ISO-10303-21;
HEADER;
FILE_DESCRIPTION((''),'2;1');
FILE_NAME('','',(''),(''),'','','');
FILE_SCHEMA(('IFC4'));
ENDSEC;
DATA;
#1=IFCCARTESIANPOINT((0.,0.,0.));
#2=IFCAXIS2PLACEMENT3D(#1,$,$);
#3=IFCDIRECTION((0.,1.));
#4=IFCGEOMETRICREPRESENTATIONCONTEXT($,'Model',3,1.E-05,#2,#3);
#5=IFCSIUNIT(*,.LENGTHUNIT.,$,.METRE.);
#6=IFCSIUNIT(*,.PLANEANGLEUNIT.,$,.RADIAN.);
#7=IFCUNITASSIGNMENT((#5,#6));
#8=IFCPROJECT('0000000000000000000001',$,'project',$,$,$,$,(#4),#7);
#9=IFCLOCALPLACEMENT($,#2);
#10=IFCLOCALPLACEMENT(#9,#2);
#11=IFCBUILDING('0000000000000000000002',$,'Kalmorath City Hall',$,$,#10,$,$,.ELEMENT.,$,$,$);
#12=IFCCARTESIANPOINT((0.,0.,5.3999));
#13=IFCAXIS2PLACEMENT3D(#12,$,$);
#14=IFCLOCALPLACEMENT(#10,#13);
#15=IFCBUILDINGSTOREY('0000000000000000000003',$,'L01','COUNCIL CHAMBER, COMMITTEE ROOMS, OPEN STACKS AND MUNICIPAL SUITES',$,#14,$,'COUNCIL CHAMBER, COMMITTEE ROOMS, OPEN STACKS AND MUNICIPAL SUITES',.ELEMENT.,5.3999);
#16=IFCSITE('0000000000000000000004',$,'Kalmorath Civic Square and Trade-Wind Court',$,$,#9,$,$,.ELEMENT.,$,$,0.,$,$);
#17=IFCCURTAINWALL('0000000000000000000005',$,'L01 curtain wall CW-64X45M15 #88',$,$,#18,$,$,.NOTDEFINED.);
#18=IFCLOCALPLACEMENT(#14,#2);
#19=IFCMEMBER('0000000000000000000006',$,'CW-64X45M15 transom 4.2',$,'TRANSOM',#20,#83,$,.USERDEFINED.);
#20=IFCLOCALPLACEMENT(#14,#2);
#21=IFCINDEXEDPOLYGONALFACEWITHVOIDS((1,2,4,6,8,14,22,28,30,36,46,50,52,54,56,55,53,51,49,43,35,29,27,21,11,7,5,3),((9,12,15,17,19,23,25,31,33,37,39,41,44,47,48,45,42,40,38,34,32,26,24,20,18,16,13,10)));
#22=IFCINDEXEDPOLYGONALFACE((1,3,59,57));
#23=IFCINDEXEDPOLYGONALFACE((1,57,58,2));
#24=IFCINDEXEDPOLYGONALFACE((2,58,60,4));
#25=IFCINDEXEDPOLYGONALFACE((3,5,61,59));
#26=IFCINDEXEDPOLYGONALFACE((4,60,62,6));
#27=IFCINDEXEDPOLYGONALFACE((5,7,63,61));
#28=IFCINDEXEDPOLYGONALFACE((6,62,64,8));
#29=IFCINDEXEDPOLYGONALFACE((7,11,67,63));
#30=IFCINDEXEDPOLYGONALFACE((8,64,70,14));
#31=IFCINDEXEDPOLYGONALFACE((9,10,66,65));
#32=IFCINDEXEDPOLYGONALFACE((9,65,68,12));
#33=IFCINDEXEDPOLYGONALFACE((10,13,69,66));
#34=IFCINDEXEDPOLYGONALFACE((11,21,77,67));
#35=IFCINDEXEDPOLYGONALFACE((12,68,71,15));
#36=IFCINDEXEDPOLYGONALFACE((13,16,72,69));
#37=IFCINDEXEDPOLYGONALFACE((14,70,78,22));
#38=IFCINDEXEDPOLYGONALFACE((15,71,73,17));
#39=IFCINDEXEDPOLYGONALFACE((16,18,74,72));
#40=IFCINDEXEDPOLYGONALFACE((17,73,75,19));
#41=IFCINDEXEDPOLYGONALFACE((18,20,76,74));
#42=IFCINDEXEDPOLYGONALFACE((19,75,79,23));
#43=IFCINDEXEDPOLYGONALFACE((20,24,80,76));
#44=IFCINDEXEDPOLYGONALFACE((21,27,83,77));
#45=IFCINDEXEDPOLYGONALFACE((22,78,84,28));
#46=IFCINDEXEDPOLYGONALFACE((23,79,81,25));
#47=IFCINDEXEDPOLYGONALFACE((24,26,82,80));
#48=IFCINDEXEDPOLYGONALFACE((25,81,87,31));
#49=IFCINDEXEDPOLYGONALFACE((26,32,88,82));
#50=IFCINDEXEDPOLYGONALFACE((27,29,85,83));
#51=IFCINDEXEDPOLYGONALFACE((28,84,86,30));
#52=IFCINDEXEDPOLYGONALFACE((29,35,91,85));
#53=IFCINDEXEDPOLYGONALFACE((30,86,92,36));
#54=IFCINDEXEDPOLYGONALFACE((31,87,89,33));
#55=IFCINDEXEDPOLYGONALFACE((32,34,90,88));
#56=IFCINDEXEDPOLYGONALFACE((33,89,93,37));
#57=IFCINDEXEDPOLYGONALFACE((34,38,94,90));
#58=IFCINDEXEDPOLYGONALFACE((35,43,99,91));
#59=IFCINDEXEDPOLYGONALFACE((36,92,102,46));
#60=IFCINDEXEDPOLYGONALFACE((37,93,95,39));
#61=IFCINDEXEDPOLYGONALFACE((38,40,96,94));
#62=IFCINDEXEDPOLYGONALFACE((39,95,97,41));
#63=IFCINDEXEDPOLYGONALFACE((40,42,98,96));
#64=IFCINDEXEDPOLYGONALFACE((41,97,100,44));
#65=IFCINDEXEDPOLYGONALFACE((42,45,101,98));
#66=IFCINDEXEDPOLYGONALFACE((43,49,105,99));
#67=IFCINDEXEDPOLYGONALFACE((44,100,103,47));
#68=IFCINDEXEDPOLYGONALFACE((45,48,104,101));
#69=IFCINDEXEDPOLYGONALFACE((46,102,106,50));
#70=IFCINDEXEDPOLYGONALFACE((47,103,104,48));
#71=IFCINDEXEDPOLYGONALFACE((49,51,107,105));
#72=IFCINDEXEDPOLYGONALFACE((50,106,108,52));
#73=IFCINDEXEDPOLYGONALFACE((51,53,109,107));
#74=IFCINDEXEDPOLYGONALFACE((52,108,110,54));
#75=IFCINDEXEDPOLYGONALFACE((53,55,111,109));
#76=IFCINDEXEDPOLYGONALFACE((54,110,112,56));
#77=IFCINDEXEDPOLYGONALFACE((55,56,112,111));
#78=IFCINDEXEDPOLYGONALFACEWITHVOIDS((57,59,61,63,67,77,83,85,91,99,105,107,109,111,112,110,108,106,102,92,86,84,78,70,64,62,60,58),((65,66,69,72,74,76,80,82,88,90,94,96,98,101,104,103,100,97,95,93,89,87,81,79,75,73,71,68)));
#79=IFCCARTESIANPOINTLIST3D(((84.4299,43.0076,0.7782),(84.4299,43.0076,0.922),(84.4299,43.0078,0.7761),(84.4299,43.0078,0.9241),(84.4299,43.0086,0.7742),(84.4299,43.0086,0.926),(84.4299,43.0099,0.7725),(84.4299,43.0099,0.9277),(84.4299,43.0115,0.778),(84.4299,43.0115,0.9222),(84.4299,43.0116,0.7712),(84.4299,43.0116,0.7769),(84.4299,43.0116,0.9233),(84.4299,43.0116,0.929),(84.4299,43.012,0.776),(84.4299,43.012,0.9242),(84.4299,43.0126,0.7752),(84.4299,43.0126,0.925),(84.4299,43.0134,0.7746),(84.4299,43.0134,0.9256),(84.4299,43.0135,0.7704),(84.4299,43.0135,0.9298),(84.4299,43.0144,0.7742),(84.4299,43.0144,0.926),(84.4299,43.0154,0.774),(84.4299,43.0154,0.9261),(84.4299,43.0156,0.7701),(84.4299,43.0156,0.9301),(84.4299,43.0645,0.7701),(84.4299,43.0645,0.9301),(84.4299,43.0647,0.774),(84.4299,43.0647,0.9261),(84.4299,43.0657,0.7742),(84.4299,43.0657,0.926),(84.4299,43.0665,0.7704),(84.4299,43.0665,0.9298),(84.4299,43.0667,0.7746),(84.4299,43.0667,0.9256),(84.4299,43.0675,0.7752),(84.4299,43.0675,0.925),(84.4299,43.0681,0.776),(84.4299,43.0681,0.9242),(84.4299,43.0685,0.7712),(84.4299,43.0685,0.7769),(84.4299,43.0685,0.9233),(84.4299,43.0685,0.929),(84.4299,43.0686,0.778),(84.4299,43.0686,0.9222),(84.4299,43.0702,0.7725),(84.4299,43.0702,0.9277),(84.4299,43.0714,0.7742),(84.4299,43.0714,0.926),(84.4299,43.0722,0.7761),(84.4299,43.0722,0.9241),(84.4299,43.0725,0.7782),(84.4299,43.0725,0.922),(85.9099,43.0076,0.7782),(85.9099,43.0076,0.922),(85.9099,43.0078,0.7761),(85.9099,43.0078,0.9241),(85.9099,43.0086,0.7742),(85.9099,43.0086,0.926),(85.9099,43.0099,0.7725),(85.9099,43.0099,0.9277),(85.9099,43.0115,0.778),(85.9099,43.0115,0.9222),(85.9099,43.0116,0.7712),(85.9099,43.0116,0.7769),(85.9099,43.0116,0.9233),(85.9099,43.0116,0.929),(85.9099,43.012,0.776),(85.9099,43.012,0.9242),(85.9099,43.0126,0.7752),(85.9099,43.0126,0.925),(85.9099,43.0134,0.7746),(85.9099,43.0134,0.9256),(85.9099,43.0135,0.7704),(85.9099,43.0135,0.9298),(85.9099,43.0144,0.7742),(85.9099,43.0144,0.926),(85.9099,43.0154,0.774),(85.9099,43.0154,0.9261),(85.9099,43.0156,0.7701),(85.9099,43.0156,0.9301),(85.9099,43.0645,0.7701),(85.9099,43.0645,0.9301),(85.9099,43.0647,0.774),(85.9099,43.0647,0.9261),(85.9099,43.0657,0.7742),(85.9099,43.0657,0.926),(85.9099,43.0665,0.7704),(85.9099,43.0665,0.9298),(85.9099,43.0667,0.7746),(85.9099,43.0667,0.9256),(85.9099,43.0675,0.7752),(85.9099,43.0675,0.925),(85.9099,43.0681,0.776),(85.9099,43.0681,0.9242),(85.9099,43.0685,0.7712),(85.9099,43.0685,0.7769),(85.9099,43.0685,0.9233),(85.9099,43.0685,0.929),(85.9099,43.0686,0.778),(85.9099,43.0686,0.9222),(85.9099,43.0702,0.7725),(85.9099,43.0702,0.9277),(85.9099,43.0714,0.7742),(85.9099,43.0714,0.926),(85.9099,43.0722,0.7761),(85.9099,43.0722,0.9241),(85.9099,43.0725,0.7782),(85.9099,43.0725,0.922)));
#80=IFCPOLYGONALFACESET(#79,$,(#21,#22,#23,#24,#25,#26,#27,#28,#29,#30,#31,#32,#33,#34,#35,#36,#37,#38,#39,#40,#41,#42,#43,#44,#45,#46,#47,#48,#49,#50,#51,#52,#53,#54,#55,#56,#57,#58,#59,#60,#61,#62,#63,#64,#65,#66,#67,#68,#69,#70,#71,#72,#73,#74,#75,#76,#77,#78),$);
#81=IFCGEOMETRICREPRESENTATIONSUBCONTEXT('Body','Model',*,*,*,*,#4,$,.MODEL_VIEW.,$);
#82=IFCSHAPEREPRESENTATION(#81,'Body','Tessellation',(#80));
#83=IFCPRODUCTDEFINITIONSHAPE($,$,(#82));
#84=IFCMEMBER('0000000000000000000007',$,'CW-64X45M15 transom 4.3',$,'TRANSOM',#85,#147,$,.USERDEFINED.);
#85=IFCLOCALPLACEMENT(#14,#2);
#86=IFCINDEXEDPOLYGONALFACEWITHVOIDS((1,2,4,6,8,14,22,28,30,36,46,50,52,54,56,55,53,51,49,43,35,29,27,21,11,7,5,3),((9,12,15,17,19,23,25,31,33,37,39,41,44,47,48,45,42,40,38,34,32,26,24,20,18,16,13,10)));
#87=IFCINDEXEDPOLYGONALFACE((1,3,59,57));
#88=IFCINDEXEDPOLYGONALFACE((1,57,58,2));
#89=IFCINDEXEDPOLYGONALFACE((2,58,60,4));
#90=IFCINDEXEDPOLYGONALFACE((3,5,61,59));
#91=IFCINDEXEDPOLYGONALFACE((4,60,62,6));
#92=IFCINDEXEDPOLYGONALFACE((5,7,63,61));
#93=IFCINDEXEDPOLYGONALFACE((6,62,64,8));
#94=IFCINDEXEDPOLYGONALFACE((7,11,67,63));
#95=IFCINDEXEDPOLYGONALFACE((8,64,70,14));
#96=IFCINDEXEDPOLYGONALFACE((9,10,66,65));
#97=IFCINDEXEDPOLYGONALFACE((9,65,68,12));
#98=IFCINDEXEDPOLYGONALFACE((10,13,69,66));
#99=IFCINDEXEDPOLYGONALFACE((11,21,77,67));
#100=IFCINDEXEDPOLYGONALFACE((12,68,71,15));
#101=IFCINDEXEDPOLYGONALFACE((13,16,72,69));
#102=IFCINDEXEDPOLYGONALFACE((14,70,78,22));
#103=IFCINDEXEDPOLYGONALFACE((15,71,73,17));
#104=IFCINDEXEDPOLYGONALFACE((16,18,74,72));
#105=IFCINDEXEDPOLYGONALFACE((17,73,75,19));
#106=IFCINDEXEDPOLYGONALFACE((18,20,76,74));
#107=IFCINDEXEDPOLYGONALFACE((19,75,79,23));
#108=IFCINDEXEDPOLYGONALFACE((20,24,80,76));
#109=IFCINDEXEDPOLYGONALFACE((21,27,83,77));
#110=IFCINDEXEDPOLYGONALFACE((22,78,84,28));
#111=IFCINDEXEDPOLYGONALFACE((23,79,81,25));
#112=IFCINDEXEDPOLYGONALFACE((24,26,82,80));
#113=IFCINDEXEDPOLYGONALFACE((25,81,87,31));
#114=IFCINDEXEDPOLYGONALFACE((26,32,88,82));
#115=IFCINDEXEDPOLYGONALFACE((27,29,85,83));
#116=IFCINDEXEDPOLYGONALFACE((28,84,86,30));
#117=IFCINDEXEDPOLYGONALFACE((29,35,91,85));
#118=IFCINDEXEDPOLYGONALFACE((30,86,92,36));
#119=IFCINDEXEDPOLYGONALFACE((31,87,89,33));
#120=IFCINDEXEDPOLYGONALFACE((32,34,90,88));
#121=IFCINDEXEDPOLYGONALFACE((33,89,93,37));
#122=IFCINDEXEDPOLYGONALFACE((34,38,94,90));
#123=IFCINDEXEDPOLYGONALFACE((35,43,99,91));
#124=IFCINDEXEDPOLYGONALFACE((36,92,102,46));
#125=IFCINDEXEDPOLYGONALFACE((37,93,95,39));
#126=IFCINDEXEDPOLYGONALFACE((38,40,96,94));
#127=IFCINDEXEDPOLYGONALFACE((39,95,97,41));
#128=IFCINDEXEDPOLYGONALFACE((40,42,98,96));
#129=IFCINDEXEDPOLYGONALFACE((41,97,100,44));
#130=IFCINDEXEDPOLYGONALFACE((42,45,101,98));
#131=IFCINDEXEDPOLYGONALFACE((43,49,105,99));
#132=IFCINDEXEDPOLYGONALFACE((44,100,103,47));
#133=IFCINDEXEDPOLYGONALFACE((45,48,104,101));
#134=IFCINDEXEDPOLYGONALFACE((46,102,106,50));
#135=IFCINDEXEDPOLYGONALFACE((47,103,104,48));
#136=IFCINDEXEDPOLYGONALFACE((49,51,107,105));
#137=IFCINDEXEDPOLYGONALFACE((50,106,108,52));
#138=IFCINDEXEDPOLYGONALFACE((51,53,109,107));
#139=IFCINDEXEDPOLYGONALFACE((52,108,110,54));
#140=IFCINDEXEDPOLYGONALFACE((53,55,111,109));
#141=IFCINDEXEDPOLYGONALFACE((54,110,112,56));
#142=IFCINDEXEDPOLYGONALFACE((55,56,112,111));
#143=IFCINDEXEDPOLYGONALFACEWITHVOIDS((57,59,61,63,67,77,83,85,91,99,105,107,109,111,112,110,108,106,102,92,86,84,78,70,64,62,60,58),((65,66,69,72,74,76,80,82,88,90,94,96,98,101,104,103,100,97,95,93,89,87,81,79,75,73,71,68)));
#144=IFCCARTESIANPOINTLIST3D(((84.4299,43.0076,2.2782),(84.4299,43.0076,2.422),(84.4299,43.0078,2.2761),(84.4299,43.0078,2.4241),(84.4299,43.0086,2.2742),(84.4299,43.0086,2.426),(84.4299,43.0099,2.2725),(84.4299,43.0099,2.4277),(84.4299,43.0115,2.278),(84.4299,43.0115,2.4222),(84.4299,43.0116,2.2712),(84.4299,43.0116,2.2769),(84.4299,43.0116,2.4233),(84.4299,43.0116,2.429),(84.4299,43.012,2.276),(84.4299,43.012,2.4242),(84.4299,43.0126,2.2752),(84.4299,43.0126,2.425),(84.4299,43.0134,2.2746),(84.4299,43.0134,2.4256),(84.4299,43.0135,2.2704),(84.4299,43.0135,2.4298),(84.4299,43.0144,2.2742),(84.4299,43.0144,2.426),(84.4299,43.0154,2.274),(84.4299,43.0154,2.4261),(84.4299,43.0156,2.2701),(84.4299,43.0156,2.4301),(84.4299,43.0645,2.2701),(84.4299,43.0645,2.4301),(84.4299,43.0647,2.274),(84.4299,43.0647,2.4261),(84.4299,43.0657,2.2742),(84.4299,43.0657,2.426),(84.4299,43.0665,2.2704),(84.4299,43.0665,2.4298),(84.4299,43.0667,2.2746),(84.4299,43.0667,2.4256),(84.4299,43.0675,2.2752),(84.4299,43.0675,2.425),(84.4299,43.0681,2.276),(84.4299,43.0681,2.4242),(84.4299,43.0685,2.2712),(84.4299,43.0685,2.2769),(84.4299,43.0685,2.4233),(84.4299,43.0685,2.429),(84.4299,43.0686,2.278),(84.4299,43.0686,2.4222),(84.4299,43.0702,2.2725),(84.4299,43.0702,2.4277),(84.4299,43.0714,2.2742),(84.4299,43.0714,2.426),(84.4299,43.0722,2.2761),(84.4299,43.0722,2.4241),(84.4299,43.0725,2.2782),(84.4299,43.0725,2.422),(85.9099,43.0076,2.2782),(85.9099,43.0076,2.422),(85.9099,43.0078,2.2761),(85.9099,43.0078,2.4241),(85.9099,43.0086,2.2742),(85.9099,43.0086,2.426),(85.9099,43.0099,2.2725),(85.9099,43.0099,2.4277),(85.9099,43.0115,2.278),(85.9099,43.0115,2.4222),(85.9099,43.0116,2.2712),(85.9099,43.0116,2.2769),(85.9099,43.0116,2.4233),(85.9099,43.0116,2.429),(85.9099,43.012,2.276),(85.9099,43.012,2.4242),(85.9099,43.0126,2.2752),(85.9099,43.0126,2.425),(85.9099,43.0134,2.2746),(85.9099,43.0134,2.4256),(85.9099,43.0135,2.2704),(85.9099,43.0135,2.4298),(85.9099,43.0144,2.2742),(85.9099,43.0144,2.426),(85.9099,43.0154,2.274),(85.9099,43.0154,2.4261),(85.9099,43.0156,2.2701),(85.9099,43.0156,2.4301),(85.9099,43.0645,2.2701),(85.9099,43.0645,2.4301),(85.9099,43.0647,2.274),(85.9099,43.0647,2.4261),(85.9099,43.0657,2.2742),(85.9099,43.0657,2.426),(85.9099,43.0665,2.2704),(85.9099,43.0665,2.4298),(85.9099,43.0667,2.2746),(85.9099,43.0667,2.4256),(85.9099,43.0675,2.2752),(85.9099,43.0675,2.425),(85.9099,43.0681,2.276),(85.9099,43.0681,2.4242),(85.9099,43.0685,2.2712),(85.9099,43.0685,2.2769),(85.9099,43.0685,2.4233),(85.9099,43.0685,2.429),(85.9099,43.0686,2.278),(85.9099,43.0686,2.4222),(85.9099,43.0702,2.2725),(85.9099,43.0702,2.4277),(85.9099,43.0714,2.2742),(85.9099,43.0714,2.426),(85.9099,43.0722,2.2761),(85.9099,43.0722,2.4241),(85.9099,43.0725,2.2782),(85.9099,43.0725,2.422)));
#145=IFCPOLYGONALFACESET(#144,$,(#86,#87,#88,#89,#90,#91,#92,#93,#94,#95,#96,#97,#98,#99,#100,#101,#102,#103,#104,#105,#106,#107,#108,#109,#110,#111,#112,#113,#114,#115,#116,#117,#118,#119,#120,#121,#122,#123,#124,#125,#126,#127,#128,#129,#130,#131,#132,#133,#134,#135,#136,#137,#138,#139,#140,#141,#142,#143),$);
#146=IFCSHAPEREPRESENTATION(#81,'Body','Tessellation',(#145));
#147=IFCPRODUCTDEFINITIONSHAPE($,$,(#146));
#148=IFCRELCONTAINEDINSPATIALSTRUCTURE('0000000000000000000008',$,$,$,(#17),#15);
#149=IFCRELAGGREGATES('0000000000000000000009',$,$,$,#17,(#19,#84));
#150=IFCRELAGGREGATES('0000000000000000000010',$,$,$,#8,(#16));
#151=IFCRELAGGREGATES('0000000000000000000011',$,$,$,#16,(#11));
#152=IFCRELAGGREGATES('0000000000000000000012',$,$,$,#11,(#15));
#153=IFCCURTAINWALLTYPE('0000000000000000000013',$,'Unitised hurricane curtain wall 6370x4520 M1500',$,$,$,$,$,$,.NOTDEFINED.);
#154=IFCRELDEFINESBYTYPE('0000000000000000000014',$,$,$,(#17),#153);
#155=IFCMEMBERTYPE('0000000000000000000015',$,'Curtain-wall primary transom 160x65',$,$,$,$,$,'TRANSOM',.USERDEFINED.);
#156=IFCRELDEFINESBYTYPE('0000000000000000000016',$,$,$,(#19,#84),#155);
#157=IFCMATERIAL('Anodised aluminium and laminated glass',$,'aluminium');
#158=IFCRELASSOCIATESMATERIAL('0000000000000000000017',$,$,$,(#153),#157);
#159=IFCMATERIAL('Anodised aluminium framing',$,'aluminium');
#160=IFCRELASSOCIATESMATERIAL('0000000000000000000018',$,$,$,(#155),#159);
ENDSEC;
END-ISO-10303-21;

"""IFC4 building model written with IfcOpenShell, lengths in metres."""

from ifc_helpers import new_model, si_unit, direction, frame, origin, origin_2d, place, context, subcontext, project, spatial, hollow_rectangle, extrude, material, material_profile, profile_set, type_object, element, aggregate, save


model = new_model("IFC4")

# Units and contexts
model_context = context("Model", 3, precision=1e-05, world=origin(), true_north=direction((0.0, 1.0)))
body_context = subcontext(model_context, "Body", "Model", "MODEL_VIEW")
ifc_project = project(units=[si_unit("LENGTHUNIT", "METRE"), si_unit("PLANEANGLEUNIT", "RADIAN")], contexts=[model_context])

# Site, building, storey
site_placement = place(None, origin())
site = spatial("IfcSite", under=ifc_project, at=site_placement, Name="Kalmorath Civic Square and Trade-Wind Court", CompositionType="ELEMENT", RefElevation=0.0)
building_placement = place(site_placement, origin())
building = spatial("IfcBuilding", under=site, at=building_placement, Name="Kalmorath City Hall", CompositionType="ELEMENT")
storey_placement = place(building_placement, frame((0.0, 0.0, 5.3999)))
storey = spatial("IfcBuildingStorey", under=building, at=storey_placement, Name="L01", Description="COUNCIL CHAMBER, COMMITTEE ROOMS, OPEN STACKS AND MUNICIPAL SUITES", LongName="COUNCIL CHAMBER, COMMITTEE ROOMS, OPEN STACKS AND MUNICIPAL SUITES", CompositionType="ELEMENT", Elevation=5.3999)

# Curtain wall
ifc_material_1 = material(Name="Anodised aluminium and laminated glass", Category="aluminium")
curtain_wall_type_1 = type_object("IfcCurtainWallType", Name="Unitised hurricane curtain wall 6370x4520 M1500", PredefinedType="NOTDEFINED", material=ifc_material_1)
curtain_wall_1_placement = place(storey_placement, origin())
curtain_wall_1 = element("IfcCurtainWall", 1, at=curtain_wall_1_placement, inside=storey, type_object=curtain_wall_type_1, Name="L01 curtain wall CW-64X45M15 #88", PredefinedType="NOTDEFINED")

# Members
ifc_material_2 = material(Name="Anodised aluminium framing", Category="aluminium")
ifc_material_profile_1 = material_profile(ifc_material_2, hollow_rectangle(XDim=0.0649, YDim=0.1599, WallThickness=0.0039, InnerFilletRadius=0.0039, OuterFilletRadius=0.0081, at=origin_2d()), Name="ALU-TRN-160X65X4")
ifc_profile_set_1 = profile_set([ifc_material_profile_1], Name="Anodised aluminium framing")
member_type_1 = type_object("IfcMemberType", Name="Curtain-wall primary transom 160x65", ElementType="TRANSOM", PredefinedType="USERDEFINED", material=ifc_profile_set_1)
member_1_placement = place(storey_placement, frame((84.4299, 43.04, 0.8501), z_axis=(1.0, 0.0, 0.0), x_axis=(0.0, 1.0, 0.0)))
member_1 = element("IfcMember", 2, at=member_1_placement, type_object=member_type_1, Name="CW-64X45M15 transom 4.2", ObjectType="TRANSOM", PredefinedType="USERDEFINED", context=body_context, shape_type="SweptSolid", body=[
    extrude(hollow_rectangle(XDim=0.0649, YDim=0.1599, WallThickness=0.0039, InnerFilletRadius=0.0039, OuterFilletRadius=0.0081, at=origin_2d()), origin(), (0.0, 0.0, 1.0), 1.48),
])
member_2_placement = place(storey_placement, frame((84.4299, 43.04, 2.3501), z_axis=(1.0, 0.0, 0.0), x_axis=(0.0, 1.0, 0.0)))
member_2 = element("IfcMember", 3, at=member_2_placement, type_object=member_type_1, Name="CW-64X45M15 transom 4.3", ObjectType="TRANSOM", PredefinedType="USERDEFINED", context=body_context, shape_type="SweptSolid", body=[
    extrude(hollow_rectangle(XDim=0.0649, YDim=0.1599, WallThickness=0.0039, InnerFilletRadius=0.0039, OuterFilletRadius=0.0081, at=origin_2d()), origin(), (0.0, 0.0, 1.0), 1.48),
])

aggregate(curtain_wall_1, [member_1, member_2])

save(model, "model.ifc")
